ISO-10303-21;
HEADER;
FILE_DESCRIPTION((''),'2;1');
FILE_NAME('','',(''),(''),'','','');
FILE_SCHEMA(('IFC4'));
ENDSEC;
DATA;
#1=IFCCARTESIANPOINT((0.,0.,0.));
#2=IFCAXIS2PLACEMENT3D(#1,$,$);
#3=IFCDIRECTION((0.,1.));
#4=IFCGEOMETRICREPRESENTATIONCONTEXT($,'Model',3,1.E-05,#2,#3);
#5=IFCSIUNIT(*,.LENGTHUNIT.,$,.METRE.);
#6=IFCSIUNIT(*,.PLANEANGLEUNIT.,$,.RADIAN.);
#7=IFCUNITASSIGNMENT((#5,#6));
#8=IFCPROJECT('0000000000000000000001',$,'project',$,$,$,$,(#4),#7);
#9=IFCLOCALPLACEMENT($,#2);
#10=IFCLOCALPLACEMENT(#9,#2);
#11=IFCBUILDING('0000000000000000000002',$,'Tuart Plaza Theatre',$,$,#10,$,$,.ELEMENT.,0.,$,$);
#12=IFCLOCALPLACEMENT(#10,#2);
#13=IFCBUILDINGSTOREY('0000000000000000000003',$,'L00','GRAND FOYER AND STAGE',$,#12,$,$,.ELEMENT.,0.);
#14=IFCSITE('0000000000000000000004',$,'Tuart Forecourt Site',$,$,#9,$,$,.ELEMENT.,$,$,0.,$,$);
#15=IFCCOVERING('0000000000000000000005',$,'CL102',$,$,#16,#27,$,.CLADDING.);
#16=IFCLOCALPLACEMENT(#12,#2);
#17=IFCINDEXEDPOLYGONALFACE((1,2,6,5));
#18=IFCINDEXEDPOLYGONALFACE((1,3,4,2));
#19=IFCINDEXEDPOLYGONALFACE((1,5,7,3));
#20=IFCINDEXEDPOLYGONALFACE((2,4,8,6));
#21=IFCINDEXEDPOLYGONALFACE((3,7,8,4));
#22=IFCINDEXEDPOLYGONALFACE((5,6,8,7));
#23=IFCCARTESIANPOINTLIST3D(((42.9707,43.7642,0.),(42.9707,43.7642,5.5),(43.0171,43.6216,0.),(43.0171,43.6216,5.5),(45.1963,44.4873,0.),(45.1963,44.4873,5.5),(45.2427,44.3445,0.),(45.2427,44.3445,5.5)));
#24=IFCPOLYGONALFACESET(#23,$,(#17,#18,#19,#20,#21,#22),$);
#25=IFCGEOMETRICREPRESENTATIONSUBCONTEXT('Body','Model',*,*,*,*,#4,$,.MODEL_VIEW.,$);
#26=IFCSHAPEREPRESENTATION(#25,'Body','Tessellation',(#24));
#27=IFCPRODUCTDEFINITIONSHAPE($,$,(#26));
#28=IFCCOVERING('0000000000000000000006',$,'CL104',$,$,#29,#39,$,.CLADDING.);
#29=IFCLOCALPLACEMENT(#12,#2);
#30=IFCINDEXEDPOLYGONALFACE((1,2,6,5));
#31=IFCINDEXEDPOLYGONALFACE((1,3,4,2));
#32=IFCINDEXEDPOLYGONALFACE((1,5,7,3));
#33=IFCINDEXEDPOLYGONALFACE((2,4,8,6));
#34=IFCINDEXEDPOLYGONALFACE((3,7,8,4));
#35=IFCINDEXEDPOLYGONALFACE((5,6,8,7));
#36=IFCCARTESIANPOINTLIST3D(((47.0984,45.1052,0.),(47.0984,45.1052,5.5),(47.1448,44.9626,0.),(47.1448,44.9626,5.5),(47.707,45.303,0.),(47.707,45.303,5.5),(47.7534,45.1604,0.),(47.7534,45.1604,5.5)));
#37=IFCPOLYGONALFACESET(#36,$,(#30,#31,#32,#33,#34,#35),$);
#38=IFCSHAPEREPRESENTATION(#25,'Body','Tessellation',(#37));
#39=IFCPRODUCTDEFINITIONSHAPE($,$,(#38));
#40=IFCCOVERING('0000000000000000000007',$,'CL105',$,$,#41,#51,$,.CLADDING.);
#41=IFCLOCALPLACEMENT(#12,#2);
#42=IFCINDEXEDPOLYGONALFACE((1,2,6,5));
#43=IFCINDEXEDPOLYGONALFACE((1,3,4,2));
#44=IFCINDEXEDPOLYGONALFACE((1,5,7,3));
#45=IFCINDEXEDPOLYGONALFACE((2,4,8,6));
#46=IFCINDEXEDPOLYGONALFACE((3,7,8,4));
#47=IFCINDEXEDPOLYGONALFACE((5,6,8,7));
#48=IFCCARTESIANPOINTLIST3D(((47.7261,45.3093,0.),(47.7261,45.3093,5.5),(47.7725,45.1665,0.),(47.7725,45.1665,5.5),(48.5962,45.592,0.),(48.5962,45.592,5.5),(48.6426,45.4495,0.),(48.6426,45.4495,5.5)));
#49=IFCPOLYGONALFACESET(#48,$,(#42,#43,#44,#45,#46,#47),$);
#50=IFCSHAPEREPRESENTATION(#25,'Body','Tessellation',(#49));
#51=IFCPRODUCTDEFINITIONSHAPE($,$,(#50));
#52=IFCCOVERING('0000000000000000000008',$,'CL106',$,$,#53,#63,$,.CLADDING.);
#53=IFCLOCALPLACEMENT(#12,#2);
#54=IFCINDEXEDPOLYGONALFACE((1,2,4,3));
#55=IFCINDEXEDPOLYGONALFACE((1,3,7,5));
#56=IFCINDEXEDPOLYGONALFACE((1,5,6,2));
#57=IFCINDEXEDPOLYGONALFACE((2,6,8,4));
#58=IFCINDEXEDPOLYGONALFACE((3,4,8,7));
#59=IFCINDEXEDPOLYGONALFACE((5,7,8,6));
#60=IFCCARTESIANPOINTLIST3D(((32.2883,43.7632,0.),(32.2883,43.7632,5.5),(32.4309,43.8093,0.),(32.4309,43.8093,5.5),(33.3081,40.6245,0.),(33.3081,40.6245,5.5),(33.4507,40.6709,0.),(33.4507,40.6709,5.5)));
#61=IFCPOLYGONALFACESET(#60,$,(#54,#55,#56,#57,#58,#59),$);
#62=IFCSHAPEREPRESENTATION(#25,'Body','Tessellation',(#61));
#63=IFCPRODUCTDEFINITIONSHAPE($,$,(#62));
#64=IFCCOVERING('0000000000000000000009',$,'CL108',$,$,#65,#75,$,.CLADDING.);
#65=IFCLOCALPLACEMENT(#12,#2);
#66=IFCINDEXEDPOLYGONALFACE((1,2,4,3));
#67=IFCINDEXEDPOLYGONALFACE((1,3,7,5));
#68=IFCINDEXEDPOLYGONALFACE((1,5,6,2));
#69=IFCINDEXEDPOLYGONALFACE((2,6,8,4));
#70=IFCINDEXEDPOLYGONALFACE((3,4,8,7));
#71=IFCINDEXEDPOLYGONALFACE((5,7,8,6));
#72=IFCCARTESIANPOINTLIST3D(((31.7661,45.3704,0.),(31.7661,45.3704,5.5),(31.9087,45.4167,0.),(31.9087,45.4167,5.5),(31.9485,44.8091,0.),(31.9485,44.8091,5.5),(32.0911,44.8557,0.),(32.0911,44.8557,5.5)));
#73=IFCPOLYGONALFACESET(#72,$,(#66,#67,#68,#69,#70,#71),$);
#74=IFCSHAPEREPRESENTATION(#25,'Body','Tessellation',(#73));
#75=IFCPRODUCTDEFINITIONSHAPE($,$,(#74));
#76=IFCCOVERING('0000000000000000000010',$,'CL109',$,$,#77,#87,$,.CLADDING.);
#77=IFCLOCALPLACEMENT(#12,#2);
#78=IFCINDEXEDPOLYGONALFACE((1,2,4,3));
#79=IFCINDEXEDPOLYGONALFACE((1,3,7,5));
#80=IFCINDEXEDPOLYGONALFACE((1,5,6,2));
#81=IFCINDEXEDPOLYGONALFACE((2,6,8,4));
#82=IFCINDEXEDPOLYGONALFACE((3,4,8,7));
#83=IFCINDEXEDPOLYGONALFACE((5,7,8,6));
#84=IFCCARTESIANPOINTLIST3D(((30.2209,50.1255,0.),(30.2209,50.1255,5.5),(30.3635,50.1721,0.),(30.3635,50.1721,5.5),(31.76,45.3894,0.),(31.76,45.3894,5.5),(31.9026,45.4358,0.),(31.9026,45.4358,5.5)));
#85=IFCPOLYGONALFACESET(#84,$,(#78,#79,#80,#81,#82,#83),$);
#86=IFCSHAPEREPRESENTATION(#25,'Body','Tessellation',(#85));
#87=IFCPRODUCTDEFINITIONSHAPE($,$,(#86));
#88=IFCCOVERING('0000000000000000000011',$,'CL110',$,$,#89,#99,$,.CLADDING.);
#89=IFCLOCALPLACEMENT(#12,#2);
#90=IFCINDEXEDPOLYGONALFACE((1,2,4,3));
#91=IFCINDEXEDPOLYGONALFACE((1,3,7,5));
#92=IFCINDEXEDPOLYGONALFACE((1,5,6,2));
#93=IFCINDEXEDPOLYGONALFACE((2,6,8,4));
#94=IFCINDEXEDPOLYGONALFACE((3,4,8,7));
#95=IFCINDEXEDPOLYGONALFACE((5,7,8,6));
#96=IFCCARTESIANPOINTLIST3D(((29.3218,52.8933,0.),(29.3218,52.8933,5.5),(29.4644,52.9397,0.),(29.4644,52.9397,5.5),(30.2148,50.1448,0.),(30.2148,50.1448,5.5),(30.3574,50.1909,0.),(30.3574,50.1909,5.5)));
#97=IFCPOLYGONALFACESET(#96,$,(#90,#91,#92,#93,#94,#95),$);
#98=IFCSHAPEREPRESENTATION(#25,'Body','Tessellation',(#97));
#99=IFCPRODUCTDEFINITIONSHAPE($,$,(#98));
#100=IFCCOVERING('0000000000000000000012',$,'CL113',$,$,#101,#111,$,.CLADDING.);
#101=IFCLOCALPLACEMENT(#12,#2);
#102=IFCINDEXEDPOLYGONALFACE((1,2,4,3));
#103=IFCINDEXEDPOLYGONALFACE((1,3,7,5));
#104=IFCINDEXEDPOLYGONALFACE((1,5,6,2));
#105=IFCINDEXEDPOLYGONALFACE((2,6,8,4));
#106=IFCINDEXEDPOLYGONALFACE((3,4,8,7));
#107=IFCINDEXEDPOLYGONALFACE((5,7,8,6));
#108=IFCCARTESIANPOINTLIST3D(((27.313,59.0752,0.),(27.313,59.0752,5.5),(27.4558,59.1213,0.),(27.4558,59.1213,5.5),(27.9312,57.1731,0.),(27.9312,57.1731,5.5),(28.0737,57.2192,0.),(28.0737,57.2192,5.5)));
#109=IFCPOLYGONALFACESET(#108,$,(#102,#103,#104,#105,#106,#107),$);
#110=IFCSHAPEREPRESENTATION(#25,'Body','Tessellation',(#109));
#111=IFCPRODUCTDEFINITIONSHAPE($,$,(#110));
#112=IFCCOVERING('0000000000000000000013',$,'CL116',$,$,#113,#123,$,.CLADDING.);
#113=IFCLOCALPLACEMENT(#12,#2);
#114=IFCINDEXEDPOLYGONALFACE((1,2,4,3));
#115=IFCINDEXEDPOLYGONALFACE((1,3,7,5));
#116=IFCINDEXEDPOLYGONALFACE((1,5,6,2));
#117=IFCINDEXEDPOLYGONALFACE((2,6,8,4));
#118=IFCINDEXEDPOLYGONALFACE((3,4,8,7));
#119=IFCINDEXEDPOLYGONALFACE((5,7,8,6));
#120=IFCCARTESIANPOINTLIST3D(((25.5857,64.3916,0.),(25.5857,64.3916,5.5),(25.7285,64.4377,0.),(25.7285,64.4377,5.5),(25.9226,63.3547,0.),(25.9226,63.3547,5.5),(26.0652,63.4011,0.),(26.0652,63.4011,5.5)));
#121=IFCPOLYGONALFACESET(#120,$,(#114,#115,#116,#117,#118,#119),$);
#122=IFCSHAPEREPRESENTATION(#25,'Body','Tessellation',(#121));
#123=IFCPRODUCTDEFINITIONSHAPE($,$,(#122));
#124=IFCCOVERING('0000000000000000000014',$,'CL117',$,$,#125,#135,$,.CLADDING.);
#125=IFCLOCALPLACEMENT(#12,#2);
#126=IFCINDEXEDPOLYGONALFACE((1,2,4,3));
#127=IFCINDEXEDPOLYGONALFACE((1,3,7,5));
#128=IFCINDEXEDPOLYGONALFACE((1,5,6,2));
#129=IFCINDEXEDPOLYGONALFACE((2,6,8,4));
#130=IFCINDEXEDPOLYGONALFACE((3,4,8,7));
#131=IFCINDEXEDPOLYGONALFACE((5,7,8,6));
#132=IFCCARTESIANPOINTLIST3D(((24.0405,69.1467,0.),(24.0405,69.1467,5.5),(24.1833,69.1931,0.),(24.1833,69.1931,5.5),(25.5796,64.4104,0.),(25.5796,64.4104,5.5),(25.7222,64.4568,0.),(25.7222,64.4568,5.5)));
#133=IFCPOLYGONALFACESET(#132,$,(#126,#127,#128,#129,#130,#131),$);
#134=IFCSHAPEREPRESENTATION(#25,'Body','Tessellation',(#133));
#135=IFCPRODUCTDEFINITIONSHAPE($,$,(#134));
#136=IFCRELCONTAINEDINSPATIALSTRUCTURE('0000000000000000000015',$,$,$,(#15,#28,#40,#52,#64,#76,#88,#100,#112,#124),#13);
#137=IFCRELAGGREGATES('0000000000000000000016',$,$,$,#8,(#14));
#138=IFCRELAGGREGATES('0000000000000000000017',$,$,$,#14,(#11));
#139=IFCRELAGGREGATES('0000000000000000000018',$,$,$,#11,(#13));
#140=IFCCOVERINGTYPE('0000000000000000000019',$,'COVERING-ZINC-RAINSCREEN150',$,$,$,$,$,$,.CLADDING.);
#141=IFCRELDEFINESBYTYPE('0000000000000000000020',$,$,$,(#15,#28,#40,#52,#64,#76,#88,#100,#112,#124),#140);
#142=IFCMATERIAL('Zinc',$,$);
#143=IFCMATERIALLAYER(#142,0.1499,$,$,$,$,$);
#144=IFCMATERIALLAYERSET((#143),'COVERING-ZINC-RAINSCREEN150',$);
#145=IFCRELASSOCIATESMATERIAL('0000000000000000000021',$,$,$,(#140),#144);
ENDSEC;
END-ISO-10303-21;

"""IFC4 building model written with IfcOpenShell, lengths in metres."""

from ifc_helpers import new_model, si_unit, direction, origin, place, context, subcontext, project, spatial, polyline, outline, extrude, material, layer, layer_set, type_object, element, save


model = new_model("IFC4")

# Units and contexts
model_context = context("Model", 3, precision=1e-05, world=origin(), true_north=direction((0.0, 1.0)))
body_context = subcontext(model_context, "Body", "Model", "MODEL_VIEW")
ifc_project = project(units=[si_unit("LENGTHUNIT", "METRE"), si_unit("PLANEANGLEUNIT", "RADIAN")], contexts=[model_context])

# Site, building, storey
site_placement = place(None, origin())
site = spatial("IfcSite", under=ifc_project, at=site_placement, Name="Tuart Forecourt Site", CompositionType="ELEMENT", RefElevation=0.0)
building_placement = place(site_placement, origin())
building = spatial("IfcBuilding", under=site, at=building_placement, Name="Tuart Plaza Theatre", CompositionType="ELEMENT", ElevationOfRefHeight=0.0)
storey_placement = place(building_placement, origin())
storey = spatial("IfcBuildingStorey", under=building, at=storey_placement, Name="L00", Description="GRAND FOYER AND STAGE", CompositionType="ELEMENT", Elevation=0.0)

# Coverings
ifc_material_1 = material(Name="Zinc")
ifc_layer_1 = layer(ifc_material_1, 0.1499)
ifc_layer_set_1 = layer_set([ifc_layer_1], Name="COVERING-ZINC-RAINSCREEN150")
covering_type_1 = type_object("IfcCoveringType", Name="COVERING-ZINC-RAINSCREEN150", PredefinedType="CLADDING", material=ifc_layer_set_1)
covering_1_placement = place(storey_placement, origin())
element("IfcCovering", 1, at=covering_1_placement, inside=storey, type_object=covering_type_1, Name="CL102", PredefinedType="CLADDING", context=body_context, shape_type="SweptSolid", body=[
    extrude(outline(polyline([(42.9707, 43.7642), (45.1963, 44.4873), (45.2427, 44.3445), (43.0171, 43.6216), (42.9707, 43.7642)])), origin(), (0.0, 0.0, 1.0), 5.5),
])
covering_2_placement = place(storey_placement, origin())
element("IfcCovering", 2, at=covering_2_placement, inside=storey, type_object=covering_type_1, Name="CL104", PredefinedType="CLADDING", context=body_context, shape_type="SweptSolid", body=[
    extrude(outline(polyline([(47.0984, 45.1052), (47.707, 45.303), (47.7534, 45.1604), (47.1448, 44.9626), (47.0984, 45.1052)])), origin(), (0.0, 0.0, 1.0), 5.5),
])
covering_3_placement = place(storey_placement, origin())
element("IfcCovering", 3, at=covering_3_placement, inside=storey, type_object=covering_type_1, Name="CL105", PredefinedType="CLADDING", context=body_context, shape_type="SweptSolid", body=[
    extrude(outline(polyline([(47.7261, 45.3093), (48.5962, 45.592), (48.6426, 45.4495), (47.7725, 45.1665), (47.7261, 45.3093)])), origin(), (0.0, 0.0, 1.0), 5.5),
])
covering_4_placement = place(storey_placement, origin())
element("IfcCovering", 4, at=covering_4_placement, inside=storey, type_object=covering_type_1, Name="CL106", PredefinedType="CLADDING", context=body_context, shape_type="SweptSolid", body=[
    extrude(outline(polyline([(33.3081, 40.6245), (32.2883, 43.7632), (32.4309, 43.8093), (33.4507, 40.6709), (33.3081, 40.6245)])), origin(), (0.0, 0.0, 1.0), 5.5),
])
covering_5_placement = place(storey_placement, origin())
element("IfcCovering", 5, at=covering_5_placement, inside=storey, type_object=covering_type_1, Name="CL108", PredefinedType="CLADDING", context=body_context, shape_type="SweptSolid", body=[
    extrude(outline(polyline([(31.9485, 44.8091), (31.7661, 45.3704), (31.9087, 45.4167), (32.0911, 44.8557), (31.9485, 44.8091)])), origin(), (0.0, 0.0, 1.0), 5.5),
])
covering_6_placement = place(storey_placement, origin())
element("IfcCovering", 6, at=covering_6_placement, inside=storey, type_object=covering_type_1, Name="CL109", PredefinedType="CLADDING", context=body_context, shape_type="SweptSolid", body=[
    extrude(outline(polyline([(31.76, 45.3894), (30.2209, 50.1255), (30.3635, 50.1721), (31.9026, 45.4358), (31.76, 45.3894)])), origin(), (0.0, 0.0, 1.0), 5.5),
])
covering_7_placement = place(storey_placement, origin())
element("IfcCovering", 7, at=covering_7_placement, inside=storey, type_object=covering_type_1, Name="CL110", PredefinedType="CLADDING", context=body_context, shape_type="SweptSolid", body=[
    extrude(outline(polyline([(30.2148, 50.1448), (29.3218, 52.8933), (29.4644, 52.9397), (30.3574, 50.1909), (30.2148, 50.1448)])), origin(), (0.0, 0.0, 1.0), 5.5),
])
covering_8_placement = place(storey_placement, origin())
element("IfcCovering", 8, at=covering_8_placement, inside=storey, type_object=covering_type_1, Name="CL113", PredefinedType="CLADDING", context=body_context, shape_type="SweptSolid", body=[
    extrude(outline(polyline([(27.9312, 57.1731), (27.313, 59.0752), (27.4558, 59.1213), (28.0737, 57.2192), (27.9312, 57.1731)])), origin(), (0.0, 0.0, 1.0), 5.5),
])
covering_9_placement = place(storey_placement, origin())
element("IfcCovering", 9, at=covering_9_placement, inside=storey, type_object=covering_type_1, Name="CL116", PredefinedType="CLADDING", context=body_context, shape_type="SweptSolid", body=[
    extrude(outline(polyline([(25.9226, 63.3547), (25.5857, 64.3916), (25.7285, 64.4377), (26.0652, 63.4011), (25.9226, 63.3547)])), origin(), (0.0, 0.0, 1.0), 5.5),
])
covering_10_placement = place(storey_placement, origin())
element("IfcCovering", 10, at=covering_10_placement, inside=storey, type_object=covering_type_1, Name="CL117", PredefinedType="CLADDING", context=body_context, shape_type="SweptSolid", body=[
    extrude(outline(polyline([(25.5796, 64.4104), (24.0405, 69.1467), (24.1833, 69.1931), (25.7222, 64.4568), (25.5796, 64.4104)])), origin(), (0.0, 0.0, 1.0), 5.5),
])

save(model, "model.ifc")
